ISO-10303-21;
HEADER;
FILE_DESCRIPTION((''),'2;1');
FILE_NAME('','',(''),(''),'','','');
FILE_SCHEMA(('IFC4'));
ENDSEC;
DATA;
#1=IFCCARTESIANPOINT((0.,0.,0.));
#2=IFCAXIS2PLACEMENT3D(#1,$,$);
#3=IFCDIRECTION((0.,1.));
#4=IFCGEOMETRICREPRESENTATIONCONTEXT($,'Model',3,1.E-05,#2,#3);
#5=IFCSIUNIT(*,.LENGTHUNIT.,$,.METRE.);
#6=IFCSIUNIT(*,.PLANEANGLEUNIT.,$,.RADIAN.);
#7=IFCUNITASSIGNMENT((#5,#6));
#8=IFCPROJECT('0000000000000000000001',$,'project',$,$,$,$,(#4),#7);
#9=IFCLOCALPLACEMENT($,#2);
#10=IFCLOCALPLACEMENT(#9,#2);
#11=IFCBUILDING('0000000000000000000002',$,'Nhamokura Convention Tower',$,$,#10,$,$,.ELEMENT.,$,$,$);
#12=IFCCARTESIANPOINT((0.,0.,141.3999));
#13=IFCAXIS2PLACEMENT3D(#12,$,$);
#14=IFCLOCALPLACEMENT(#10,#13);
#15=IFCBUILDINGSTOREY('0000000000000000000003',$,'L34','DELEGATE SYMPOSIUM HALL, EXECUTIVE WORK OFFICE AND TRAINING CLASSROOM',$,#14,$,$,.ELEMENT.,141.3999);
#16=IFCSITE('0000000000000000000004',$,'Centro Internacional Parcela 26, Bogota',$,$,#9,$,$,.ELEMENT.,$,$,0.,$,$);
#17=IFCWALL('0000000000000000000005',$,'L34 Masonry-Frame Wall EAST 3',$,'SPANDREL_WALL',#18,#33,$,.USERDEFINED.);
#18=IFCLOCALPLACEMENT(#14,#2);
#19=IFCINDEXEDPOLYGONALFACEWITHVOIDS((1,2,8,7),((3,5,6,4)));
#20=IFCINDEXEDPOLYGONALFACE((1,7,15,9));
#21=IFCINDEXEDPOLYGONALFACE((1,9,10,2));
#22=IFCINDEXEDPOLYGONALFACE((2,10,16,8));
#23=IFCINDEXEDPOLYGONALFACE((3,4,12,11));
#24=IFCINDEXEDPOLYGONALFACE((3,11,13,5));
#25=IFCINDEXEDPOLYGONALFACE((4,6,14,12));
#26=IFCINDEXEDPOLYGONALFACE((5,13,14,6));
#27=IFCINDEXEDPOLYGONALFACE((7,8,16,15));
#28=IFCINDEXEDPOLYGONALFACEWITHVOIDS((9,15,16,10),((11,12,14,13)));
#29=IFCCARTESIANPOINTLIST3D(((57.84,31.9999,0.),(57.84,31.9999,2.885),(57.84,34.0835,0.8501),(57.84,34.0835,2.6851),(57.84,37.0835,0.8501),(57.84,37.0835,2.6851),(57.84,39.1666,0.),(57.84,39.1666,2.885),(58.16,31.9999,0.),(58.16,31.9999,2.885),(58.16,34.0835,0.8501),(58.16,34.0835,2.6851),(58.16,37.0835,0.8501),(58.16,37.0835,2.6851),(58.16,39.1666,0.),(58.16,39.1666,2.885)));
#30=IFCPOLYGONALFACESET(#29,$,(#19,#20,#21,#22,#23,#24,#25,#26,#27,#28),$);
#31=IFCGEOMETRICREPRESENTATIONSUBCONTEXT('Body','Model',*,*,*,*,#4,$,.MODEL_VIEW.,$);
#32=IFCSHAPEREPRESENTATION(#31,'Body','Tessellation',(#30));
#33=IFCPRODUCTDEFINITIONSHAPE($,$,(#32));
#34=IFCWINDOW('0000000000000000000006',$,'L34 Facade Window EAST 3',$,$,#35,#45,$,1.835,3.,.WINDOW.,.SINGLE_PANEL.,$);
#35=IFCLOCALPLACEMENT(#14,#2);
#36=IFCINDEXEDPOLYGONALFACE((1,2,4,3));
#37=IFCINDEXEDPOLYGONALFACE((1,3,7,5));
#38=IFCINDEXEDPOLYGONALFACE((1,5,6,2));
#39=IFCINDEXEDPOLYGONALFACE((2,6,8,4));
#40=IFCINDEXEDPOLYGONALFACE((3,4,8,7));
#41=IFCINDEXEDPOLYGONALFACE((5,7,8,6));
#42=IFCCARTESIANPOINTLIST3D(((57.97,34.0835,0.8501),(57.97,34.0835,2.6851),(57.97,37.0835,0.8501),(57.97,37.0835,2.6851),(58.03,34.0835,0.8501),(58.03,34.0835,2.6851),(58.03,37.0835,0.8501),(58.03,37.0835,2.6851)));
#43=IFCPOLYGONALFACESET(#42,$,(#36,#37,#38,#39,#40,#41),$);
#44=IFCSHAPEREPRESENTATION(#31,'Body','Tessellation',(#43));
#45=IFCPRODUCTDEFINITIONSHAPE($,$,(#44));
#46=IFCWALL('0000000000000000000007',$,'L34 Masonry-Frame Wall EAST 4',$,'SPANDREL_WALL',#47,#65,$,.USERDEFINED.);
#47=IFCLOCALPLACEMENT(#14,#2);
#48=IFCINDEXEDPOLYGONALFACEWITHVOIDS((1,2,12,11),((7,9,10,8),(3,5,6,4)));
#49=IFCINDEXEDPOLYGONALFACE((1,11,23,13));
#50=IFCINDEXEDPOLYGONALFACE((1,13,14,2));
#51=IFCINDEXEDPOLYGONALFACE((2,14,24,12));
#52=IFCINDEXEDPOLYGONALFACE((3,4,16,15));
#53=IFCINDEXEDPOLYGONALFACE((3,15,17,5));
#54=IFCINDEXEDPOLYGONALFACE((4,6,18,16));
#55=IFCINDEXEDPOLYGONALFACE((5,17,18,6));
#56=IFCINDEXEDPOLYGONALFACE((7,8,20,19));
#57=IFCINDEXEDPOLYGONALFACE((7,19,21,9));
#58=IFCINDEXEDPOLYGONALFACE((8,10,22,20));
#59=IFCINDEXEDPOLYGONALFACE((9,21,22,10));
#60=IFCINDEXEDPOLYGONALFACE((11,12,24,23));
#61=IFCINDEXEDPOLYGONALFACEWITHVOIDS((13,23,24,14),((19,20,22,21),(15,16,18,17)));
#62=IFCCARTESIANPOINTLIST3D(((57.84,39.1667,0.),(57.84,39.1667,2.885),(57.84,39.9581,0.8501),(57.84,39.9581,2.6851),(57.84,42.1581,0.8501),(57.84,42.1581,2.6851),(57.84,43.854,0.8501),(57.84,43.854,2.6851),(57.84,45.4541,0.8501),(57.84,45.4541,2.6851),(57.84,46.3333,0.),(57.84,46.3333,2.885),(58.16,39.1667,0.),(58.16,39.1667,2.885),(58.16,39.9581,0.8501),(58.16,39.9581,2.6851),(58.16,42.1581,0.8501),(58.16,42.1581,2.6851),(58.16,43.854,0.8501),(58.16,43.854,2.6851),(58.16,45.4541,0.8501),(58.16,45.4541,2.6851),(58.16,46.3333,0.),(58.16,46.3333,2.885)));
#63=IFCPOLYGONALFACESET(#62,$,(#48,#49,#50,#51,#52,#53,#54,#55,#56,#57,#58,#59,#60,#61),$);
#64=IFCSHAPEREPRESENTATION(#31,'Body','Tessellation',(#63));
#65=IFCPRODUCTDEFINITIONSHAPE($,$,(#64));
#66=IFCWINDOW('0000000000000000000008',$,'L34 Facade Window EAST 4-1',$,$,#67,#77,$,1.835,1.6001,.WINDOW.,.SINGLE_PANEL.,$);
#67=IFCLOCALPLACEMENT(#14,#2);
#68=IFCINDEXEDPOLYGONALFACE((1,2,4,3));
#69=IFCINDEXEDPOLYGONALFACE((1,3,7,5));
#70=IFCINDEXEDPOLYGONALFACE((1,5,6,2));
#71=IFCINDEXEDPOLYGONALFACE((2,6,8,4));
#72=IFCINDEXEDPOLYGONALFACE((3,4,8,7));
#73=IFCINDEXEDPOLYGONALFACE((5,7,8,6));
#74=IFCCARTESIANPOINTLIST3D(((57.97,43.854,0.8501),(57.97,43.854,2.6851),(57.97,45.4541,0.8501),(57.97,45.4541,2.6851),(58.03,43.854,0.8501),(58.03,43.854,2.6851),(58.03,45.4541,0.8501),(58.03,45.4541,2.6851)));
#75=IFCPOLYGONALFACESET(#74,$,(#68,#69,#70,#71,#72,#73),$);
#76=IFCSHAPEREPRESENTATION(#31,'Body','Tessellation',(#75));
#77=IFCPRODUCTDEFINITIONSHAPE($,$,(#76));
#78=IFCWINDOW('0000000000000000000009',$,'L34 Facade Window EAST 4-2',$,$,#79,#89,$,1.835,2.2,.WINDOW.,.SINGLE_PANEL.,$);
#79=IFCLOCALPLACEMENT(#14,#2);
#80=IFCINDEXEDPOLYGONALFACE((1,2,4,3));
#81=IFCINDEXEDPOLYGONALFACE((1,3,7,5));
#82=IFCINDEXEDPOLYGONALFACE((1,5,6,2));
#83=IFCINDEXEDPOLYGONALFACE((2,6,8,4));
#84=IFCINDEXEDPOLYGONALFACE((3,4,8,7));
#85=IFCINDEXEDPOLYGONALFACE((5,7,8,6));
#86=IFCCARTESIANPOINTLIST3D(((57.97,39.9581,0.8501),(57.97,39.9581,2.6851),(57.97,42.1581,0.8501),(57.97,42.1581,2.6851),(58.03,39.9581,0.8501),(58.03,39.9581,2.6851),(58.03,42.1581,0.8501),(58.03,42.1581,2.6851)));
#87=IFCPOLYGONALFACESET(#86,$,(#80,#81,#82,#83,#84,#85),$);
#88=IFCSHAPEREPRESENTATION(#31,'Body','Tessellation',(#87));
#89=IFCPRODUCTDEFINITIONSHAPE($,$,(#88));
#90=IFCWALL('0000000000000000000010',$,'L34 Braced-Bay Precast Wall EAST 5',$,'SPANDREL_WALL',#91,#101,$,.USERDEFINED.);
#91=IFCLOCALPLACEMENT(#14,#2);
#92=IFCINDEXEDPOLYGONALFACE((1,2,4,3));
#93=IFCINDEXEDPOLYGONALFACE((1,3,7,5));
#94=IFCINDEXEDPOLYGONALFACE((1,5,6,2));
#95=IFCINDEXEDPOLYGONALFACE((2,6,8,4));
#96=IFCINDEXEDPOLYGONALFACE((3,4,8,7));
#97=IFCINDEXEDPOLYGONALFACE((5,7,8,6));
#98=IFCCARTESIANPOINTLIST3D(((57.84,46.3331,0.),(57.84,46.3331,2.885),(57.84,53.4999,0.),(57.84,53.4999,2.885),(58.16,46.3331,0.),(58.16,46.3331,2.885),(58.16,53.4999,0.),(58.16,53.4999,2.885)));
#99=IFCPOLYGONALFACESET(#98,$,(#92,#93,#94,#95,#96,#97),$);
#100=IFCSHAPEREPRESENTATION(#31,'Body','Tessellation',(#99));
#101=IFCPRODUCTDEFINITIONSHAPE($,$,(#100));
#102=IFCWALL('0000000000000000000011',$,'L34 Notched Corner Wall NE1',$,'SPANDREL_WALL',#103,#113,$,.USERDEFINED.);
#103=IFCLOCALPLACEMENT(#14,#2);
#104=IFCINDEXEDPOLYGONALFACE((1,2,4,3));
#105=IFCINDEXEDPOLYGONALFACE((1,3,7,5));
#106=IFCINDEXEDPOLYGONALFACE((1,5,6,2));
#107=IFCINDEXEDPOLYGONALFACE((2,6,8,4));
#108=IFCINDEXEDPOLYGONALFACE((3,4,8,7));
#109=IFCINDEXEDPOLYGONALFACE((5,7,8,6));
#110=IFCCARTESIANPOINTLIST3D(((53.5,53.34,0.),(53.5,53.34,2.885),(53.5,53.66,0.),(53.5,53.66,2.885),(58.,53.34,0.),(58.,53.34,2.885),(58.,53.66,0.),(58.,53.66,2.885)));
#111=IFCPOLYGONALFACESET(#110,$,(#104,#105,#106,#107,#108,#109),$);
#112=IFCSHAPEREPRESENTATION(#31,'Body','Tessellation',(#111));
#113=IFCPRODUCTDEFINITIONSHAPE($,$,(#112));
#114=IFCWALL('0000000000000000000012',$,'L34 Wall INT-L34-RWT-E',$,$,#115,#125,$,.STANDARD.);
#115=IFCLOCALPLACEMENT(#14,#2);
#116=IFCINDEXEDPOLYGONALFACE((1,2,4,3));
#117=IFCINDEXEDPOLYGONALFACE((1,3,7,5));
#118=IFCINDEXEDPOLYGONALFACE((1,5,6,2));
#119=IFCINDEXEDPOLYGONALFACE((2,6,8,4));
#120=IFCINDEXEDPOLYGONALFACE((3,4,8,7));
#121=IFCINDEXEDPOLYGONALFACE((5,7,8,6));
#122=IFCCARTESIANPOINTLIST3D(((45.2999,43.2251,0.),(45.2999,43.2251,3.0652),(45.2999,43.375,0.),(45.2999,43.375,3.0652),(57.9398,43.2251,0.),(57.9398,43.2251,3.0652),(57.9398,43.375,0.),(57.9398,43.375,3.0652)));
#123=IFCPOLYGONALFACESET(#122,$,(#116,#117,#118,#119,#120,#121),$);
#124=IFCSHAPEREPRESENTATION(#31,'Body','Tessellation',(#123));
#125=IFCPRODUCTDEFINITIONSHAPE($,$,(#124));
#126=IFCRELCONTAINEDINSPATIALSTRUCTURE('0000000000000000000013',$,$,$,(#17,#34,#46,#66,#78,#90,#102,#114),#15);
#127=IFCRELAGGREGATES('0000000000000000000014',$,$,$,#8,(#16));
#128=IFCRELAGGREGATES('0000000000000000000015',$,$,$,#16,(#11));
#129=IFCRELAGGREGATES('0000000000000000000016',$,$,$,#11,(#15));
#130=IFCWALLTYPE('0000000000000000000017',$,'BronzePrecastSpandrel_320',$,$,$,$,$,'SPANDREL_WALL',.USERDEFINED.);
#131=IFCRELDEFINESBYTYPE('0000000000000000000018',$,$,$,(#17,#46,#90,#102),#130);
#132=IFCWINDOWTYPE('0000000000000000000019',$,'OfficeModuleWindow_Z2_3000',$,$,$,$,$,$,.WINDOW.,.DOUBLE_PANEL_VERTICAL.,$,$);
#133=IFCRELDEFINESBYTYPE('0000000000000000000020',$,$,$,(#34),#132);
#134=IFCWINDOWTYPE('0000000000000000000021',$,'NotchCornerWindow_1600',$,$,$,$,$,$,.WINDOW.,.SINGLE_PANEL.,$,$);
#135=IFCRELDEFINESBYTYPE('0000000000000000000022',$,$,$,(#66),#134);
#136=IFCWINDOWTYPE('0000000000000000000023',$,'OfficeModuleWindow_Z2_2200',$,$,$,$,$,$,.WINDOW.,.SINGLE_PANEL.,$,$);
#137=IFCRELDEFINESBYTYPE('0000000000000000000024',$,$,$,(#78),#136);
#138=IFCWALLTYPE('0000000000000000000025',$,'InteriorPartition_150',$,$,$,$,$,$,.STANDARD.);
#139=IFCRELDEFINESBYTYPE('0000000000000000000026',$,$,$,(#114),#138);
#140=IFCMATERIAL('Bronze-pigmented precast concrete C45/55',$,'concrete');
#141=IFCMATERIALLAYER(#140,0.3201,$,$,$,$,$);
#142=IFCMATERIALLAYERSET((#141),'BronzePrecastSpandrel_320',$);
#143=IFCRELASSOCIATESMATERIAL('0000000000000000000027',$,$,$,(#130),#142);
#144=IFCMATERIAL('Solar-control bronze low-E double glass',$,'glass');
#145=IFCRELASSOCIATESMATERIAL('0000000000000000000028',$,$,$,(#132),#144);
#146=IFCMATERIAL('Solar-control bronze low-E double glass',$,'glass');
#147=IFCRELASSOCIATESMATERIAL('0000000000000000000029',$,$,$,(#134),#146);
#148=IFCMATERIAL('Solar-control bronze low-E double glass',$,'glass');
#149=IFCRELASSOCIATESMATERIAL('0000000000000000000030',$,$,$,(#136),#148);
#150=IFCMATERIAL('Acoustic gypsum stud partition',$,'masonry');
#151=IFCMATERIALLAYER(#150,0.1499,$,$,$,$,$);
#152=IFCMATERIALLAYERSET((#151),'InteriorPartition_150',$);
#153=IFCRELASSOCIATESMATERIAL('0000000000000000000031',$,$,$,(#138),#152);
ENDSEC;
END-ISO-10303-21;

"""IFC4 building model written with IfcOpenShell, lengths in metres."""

from ifc_helpers import new_model, si_unit, direction, frame, frame_2d, origin, place, context, subcontext, project, spatial, rectangle, extrude, material, layer, layer_set, type_object, element, fill, save


model = new_model("IFC4")

# Units and contexts
model_context = context("Model", 3, precision=1e-05, world=origin(), true_north=direction((0.0, 1.0)))
body_context = subcontext(model_context, "Body", "Model", "MODEL_VIEW")
ifc_project = project(units=[si_unit("LENGTHUNIT", "METRE"), si_unit("PLANEANGLEUNIT", "RADIAN")], contexts=[model_context])

# Site, building, storey
site_placement = place(None, origin())
site = spatial("IfcSite", under=ifc_project, at=site_placement, Name="Centro Internacional Parcela 26, Bogota", CompositionType="ELEMENT", RefElevation=0.0)
building_placement = place(site_placement, origin())
building = spatial("IfcBuilding", under=site, at=building_placement, Name="Nhamokura Convention Tower", CompositionType="ELEMENT")
storey_placement = place(building_placement, frame((0.0, 0.0, 141.3999)))
storey = spatial("IfcBuildingStorey", under=building, at=storey_placement, Name="L34", Description="DELEGATE SYMPOSIUM HALL, EXECUTIVE WORK OFFICE AND TRAINING CLASSROOM", CompositionType="ELEMENT", Elevation=141.3999)

# Wall, opening, window
ifc_material_1 = material(Name="Bronze-pigmented precast concrete C45/55", Category="concrete")
ifc_layer_1 = layer(ifc_material_1, 0.3201)
ifc_layer_set_1 = layer_set([ifc_layer_1], Name="BronzePrecastSpandrel_320")
wall_type_1 = type_object("IfcWallType", Name="BronzePrecastSpandrel_320", ElementType="SPANDREL_WALL", PredefinedType="USERDEFINED", material=ifc_layer_set_1)
wall_1_placement = place(storey_placement, frame((58.0, 39.1667, 0.0), z_axis=(0.0, 0.0, 1.0), x_axis=(0.0, -1.0, 0.0)))
wall_1 = element("IfcWall", 1, at=wall_1_placement, inside=storey, type_object=wall_type_1, Name="L34 Masonry-Frame Wall EAST 3", ObjectType="SPANDREL_WALL", PredefinedType="USERDEFINED", context=body_context, shape_type="SweptSolid", body=[
    extrude(rectangle(XDim=7.1667, YDim=0.3201, at=frame_2d((3.5835, 0.0))), origin(), (0.0, 0.0, 1.0), 2.885),
])
opening_1_placement = place(wall_1_placement, frame((2.0833, 0.0, 0.8501)))
opening_1 = element("IfcOpeningElement", 2, at=opening_1_placement, cuts=wall_1, PredefinedType="OPENING", context=body_context, shape_type="SweptSolid", body=[
    extrude(rectangle(XDim=3.0, YDim=1.835, at=frame_2d((1.5, 0.9175))), frame((0.0, 0.1699, 0.0), z_axis=(0.0, -1.0, 0.0), x_axis=(1.0, 0.0, 0.0)), (0.0, 0.0, 1.0), 0.3401),
])
ifc_material_2 = material(Name="Solar-control bronze low-E double glass", Category="glass")
window_type_1 = type_object("IfcWindowType", Name="OfficeModuleWindow_Z2_3000", PartitioningType="DOUBLE_PANEL_VERTICAL", PredefinedType="WINDOW", material=ifc_material_2)
window_1_placement = place(opening_1_placement, origin())
window_1 = element("IfcWindow", 3, at=window_1_placement, inside=storey, type_object=window_type_1, Name="L34 Facade Window EAST 3", OverallHeight=1.835, OverallWidth=3.0, PartitioningType="SINGLE_PANEL", PredefinedType="WINDOW", context=body_context, shape_type="SweptSolid", body=[
    extrude(rectangle(XDim=3.0, YDim=1.835, at=frame_2d((1.5, 0.9175))), frame((0.0, 0.03, 0.0), z_axis=(0.0, -1.0, 0.0), x_axis=(1.0, 0.0, 0.0)), (0.0, 0.0, 1.0), 0.0601),
])
fill(opening_1, window_1)

# Wall, openings, windows
wall_2_placement = place(storey_placement, frame((58.0, 46.3333, 0.0), z_axis=(0.0, 0.0, 1.0), x_axis=(0.0, -1.0, 0.0)))
wall_2 = element("IfcWall", 4, at=wall_2_placement, inside=storey, type_object=wall_type_1, Name="L34 Masonry-Frame Wall EAST 4", ObjectType="SPANDREL_WALL", PredefinedType="USERDEFINED", context=body_context, shape_type="SweptSolid", body=[
    extrude(rectangle(XDim=7.1665, YDim=0.3201, at=frame_2d((3.5833, 0.0))), origin(), (0.0, 0.0, 1.0), 2.885),
])
opening_2_placement = place(wall_2_placement, frame((0.8792, 0.0, 0.8501)))
opening_2 = element("IfcOpeningElement", 5, at=opening_2_placement, cuts=wall_2, PredefinedType="OPENING", context=body_context, shape_type="SweptSolid", body=[
    extrude(rectangle(XDim=1.6001, YDim=1.835, at=frame_2d((0.8, 0.9175))), frame((0.0, 0.1699, 0.0), z_axis=(0.0, -1.0, 0.0), x_axis=(1.0, 0.0, 0.0)), (0.0, 0.0, 1.0), 0.3401),
])
opening_3_placement = place(wall_2_placement, frame((4.175, 0.0, 0.8501)))
opening_3 = element("IfcOpeningElement", 6, at=opening_3_placement, cuts=wall_2, PredefinedType="OPENING", context=body_context, shape_type="SweptSolid", body=[
    extrude(rectangle(XDim=2.2, YDim=1.835, at=frame_2d((1.1001, 0.9175))), frame((0.0, 0.1699, 0.0), z_axis=(0.0, -1.0, 0.0), x_axis=(1.0, 0.0, 0.0)), (0.0, 0.0, 1.0), 0.3401),
])
ifc_material_3 = material(Name="Solar-control bronze low-E double glass", Category="glass")
window_type_2 = type_object("IfcWindowType", Name="NotchCornerWindow_1600", PartitioningType="SINGLE_PANEL", PredefinedType="WINDOW", material=ifc_material_3)
window_2_placement = place(opening_2_placement, origin())
window_2 = element("IfcWindow", 7, at=window_2_placement, inside=storey, type_object=window_type_2, Name="L34 Facade Window EAST 4-1", OverallHeight=1.835, OverallWidth=1.6001, PartitioningType="SINGLE_PANEL", PredefinedType="WINDOW", context=body_context, shape_type="SweptSolid", body=[
    extrude(rectangle(XDim=1.6001, YDim=1.835, at=frame_2d((0.8, 0.9175))), frame((0.0, 0.03, 0.0), z_axis=(0.0, -1.0, 0.0), x_axis=(1.0, 0.0, 0.0)), (0.0, 0.0, 1.0), 0.0601),
])
fill(opening_2, window_2)
ifc_material_4 = material(Name="Solar-control bronze low-E double glass", Category="glass")
window_type_3 = type_object("IfcWindowType", Name="OfficeModuleWindow_Z2_2200", PartitioningType="SINGLE_PANEL", PredefinedType="WINDOW", material=ifc_material_4)
window_3_placement = place(opening_3_placement, origin())
window_3 = element("IfcWindow", 8, at=window_3_placement, inside=storey, type_object=window_type_3, Name="L34 Facade Window EAST 4-2", OverallHeight=1.835, OverallWidth=2.2, PartitioningType="SINGLE_PANEL", PredefinedType="WINDOW", context=body_context, shape_type="SweptSolid", body=[
    extrude(rectangle(XDim=2.2, YDim=1.835, at=frame_2d((1.1001, 0.9175))), frame((0.0, 0.03, 0.0), z_axis=(0.0, -1.0, 0.0), x_axis=(1.0, 0.0, 0.0)), (0.0, 0.0, 1.0), 0.0601),
])
fill(opening_3, window_3)

# Walls
wall_3_placement = place(storey_placement, frame((58.0, 53.5, 0.0), z_axis=(0.0, 0.0, 1.0), x_axis=(0.0, -1.0, 0.0)))
element("IfcWall", 9, at=wall_3_placement, inside=storey, type_object=wall_type_1, Name="L34 Braced-Bay Precast Wall EAST 5", ObjectType="SPANDREL_WALL", PredefinedType="USERDEFINED", context=body_context, shape_type="SweptSolid", body=[
    extrude(rectangle(XDim=7.1667, YDim=0.3201, at=frame_2d((3.5835, 0.0))), origin(), (0.0, 0.0, 1.0), 2.885),
])
wall_4_placement = place(storey_placement, frame((53.5, 53.5, 0.0), z_axis=(0.0, 0.0, 1.0), x_axis=(1.0, 0.0, 0.0)))
element("IfcWall", 10, at=wall_4_placement, inside=storey, type_object=wall_type_1, Name="L34 Notched Corner Wall NE1", ObjectType="SPANDREL_WALL", PredefinedType="USERDEFINED", context=body_context, shape_type="SweptSolid", body=[
    extrude(rectangle(XDim=4.5, YDim=0.3201, at=frame_2d((2.25, 0.0))), origin(), (0.0, 0.0, 1.0), 2.885),
])
ifc_material_5 = material(Name="Acoustic gypsum stud partition", Category="masonry")
ifc_layer_2 = layer(ifc_material_5, 0.1499)
ifc_layer_set_2 = layer_set([ifc_layer_2], Name="InteriorPartition_150")
wall_type_2 = type_object("IfcWallType", Name="InteriorPartition_150", PredefinedType="STANDARD", material=ifc_layer_set_2)
wall_5_placement = place(storey_placement, frame((45.3, 43.3, 0.0), z_axis=(0.0, 0.0, 1.0), x_axis=(1.0, 0.0, 0.0)))
element("IfcWall", 11, at=wall_5_placement, inside=storey, type_object=wall_type_2, Name="L34 Wall INT-L34-RWT-E", PredefinedType="STANDARD", context=body_context, shape_type="SweptSolid", body=[
    extrude(rectangle(XDim=12.6399, YDim=0.1499, at=frame_2d((6.3198, 0.0))), origin(), (0.0, 0.0, 1.0), 3.0652),
])

save(model, "model.ifc")
